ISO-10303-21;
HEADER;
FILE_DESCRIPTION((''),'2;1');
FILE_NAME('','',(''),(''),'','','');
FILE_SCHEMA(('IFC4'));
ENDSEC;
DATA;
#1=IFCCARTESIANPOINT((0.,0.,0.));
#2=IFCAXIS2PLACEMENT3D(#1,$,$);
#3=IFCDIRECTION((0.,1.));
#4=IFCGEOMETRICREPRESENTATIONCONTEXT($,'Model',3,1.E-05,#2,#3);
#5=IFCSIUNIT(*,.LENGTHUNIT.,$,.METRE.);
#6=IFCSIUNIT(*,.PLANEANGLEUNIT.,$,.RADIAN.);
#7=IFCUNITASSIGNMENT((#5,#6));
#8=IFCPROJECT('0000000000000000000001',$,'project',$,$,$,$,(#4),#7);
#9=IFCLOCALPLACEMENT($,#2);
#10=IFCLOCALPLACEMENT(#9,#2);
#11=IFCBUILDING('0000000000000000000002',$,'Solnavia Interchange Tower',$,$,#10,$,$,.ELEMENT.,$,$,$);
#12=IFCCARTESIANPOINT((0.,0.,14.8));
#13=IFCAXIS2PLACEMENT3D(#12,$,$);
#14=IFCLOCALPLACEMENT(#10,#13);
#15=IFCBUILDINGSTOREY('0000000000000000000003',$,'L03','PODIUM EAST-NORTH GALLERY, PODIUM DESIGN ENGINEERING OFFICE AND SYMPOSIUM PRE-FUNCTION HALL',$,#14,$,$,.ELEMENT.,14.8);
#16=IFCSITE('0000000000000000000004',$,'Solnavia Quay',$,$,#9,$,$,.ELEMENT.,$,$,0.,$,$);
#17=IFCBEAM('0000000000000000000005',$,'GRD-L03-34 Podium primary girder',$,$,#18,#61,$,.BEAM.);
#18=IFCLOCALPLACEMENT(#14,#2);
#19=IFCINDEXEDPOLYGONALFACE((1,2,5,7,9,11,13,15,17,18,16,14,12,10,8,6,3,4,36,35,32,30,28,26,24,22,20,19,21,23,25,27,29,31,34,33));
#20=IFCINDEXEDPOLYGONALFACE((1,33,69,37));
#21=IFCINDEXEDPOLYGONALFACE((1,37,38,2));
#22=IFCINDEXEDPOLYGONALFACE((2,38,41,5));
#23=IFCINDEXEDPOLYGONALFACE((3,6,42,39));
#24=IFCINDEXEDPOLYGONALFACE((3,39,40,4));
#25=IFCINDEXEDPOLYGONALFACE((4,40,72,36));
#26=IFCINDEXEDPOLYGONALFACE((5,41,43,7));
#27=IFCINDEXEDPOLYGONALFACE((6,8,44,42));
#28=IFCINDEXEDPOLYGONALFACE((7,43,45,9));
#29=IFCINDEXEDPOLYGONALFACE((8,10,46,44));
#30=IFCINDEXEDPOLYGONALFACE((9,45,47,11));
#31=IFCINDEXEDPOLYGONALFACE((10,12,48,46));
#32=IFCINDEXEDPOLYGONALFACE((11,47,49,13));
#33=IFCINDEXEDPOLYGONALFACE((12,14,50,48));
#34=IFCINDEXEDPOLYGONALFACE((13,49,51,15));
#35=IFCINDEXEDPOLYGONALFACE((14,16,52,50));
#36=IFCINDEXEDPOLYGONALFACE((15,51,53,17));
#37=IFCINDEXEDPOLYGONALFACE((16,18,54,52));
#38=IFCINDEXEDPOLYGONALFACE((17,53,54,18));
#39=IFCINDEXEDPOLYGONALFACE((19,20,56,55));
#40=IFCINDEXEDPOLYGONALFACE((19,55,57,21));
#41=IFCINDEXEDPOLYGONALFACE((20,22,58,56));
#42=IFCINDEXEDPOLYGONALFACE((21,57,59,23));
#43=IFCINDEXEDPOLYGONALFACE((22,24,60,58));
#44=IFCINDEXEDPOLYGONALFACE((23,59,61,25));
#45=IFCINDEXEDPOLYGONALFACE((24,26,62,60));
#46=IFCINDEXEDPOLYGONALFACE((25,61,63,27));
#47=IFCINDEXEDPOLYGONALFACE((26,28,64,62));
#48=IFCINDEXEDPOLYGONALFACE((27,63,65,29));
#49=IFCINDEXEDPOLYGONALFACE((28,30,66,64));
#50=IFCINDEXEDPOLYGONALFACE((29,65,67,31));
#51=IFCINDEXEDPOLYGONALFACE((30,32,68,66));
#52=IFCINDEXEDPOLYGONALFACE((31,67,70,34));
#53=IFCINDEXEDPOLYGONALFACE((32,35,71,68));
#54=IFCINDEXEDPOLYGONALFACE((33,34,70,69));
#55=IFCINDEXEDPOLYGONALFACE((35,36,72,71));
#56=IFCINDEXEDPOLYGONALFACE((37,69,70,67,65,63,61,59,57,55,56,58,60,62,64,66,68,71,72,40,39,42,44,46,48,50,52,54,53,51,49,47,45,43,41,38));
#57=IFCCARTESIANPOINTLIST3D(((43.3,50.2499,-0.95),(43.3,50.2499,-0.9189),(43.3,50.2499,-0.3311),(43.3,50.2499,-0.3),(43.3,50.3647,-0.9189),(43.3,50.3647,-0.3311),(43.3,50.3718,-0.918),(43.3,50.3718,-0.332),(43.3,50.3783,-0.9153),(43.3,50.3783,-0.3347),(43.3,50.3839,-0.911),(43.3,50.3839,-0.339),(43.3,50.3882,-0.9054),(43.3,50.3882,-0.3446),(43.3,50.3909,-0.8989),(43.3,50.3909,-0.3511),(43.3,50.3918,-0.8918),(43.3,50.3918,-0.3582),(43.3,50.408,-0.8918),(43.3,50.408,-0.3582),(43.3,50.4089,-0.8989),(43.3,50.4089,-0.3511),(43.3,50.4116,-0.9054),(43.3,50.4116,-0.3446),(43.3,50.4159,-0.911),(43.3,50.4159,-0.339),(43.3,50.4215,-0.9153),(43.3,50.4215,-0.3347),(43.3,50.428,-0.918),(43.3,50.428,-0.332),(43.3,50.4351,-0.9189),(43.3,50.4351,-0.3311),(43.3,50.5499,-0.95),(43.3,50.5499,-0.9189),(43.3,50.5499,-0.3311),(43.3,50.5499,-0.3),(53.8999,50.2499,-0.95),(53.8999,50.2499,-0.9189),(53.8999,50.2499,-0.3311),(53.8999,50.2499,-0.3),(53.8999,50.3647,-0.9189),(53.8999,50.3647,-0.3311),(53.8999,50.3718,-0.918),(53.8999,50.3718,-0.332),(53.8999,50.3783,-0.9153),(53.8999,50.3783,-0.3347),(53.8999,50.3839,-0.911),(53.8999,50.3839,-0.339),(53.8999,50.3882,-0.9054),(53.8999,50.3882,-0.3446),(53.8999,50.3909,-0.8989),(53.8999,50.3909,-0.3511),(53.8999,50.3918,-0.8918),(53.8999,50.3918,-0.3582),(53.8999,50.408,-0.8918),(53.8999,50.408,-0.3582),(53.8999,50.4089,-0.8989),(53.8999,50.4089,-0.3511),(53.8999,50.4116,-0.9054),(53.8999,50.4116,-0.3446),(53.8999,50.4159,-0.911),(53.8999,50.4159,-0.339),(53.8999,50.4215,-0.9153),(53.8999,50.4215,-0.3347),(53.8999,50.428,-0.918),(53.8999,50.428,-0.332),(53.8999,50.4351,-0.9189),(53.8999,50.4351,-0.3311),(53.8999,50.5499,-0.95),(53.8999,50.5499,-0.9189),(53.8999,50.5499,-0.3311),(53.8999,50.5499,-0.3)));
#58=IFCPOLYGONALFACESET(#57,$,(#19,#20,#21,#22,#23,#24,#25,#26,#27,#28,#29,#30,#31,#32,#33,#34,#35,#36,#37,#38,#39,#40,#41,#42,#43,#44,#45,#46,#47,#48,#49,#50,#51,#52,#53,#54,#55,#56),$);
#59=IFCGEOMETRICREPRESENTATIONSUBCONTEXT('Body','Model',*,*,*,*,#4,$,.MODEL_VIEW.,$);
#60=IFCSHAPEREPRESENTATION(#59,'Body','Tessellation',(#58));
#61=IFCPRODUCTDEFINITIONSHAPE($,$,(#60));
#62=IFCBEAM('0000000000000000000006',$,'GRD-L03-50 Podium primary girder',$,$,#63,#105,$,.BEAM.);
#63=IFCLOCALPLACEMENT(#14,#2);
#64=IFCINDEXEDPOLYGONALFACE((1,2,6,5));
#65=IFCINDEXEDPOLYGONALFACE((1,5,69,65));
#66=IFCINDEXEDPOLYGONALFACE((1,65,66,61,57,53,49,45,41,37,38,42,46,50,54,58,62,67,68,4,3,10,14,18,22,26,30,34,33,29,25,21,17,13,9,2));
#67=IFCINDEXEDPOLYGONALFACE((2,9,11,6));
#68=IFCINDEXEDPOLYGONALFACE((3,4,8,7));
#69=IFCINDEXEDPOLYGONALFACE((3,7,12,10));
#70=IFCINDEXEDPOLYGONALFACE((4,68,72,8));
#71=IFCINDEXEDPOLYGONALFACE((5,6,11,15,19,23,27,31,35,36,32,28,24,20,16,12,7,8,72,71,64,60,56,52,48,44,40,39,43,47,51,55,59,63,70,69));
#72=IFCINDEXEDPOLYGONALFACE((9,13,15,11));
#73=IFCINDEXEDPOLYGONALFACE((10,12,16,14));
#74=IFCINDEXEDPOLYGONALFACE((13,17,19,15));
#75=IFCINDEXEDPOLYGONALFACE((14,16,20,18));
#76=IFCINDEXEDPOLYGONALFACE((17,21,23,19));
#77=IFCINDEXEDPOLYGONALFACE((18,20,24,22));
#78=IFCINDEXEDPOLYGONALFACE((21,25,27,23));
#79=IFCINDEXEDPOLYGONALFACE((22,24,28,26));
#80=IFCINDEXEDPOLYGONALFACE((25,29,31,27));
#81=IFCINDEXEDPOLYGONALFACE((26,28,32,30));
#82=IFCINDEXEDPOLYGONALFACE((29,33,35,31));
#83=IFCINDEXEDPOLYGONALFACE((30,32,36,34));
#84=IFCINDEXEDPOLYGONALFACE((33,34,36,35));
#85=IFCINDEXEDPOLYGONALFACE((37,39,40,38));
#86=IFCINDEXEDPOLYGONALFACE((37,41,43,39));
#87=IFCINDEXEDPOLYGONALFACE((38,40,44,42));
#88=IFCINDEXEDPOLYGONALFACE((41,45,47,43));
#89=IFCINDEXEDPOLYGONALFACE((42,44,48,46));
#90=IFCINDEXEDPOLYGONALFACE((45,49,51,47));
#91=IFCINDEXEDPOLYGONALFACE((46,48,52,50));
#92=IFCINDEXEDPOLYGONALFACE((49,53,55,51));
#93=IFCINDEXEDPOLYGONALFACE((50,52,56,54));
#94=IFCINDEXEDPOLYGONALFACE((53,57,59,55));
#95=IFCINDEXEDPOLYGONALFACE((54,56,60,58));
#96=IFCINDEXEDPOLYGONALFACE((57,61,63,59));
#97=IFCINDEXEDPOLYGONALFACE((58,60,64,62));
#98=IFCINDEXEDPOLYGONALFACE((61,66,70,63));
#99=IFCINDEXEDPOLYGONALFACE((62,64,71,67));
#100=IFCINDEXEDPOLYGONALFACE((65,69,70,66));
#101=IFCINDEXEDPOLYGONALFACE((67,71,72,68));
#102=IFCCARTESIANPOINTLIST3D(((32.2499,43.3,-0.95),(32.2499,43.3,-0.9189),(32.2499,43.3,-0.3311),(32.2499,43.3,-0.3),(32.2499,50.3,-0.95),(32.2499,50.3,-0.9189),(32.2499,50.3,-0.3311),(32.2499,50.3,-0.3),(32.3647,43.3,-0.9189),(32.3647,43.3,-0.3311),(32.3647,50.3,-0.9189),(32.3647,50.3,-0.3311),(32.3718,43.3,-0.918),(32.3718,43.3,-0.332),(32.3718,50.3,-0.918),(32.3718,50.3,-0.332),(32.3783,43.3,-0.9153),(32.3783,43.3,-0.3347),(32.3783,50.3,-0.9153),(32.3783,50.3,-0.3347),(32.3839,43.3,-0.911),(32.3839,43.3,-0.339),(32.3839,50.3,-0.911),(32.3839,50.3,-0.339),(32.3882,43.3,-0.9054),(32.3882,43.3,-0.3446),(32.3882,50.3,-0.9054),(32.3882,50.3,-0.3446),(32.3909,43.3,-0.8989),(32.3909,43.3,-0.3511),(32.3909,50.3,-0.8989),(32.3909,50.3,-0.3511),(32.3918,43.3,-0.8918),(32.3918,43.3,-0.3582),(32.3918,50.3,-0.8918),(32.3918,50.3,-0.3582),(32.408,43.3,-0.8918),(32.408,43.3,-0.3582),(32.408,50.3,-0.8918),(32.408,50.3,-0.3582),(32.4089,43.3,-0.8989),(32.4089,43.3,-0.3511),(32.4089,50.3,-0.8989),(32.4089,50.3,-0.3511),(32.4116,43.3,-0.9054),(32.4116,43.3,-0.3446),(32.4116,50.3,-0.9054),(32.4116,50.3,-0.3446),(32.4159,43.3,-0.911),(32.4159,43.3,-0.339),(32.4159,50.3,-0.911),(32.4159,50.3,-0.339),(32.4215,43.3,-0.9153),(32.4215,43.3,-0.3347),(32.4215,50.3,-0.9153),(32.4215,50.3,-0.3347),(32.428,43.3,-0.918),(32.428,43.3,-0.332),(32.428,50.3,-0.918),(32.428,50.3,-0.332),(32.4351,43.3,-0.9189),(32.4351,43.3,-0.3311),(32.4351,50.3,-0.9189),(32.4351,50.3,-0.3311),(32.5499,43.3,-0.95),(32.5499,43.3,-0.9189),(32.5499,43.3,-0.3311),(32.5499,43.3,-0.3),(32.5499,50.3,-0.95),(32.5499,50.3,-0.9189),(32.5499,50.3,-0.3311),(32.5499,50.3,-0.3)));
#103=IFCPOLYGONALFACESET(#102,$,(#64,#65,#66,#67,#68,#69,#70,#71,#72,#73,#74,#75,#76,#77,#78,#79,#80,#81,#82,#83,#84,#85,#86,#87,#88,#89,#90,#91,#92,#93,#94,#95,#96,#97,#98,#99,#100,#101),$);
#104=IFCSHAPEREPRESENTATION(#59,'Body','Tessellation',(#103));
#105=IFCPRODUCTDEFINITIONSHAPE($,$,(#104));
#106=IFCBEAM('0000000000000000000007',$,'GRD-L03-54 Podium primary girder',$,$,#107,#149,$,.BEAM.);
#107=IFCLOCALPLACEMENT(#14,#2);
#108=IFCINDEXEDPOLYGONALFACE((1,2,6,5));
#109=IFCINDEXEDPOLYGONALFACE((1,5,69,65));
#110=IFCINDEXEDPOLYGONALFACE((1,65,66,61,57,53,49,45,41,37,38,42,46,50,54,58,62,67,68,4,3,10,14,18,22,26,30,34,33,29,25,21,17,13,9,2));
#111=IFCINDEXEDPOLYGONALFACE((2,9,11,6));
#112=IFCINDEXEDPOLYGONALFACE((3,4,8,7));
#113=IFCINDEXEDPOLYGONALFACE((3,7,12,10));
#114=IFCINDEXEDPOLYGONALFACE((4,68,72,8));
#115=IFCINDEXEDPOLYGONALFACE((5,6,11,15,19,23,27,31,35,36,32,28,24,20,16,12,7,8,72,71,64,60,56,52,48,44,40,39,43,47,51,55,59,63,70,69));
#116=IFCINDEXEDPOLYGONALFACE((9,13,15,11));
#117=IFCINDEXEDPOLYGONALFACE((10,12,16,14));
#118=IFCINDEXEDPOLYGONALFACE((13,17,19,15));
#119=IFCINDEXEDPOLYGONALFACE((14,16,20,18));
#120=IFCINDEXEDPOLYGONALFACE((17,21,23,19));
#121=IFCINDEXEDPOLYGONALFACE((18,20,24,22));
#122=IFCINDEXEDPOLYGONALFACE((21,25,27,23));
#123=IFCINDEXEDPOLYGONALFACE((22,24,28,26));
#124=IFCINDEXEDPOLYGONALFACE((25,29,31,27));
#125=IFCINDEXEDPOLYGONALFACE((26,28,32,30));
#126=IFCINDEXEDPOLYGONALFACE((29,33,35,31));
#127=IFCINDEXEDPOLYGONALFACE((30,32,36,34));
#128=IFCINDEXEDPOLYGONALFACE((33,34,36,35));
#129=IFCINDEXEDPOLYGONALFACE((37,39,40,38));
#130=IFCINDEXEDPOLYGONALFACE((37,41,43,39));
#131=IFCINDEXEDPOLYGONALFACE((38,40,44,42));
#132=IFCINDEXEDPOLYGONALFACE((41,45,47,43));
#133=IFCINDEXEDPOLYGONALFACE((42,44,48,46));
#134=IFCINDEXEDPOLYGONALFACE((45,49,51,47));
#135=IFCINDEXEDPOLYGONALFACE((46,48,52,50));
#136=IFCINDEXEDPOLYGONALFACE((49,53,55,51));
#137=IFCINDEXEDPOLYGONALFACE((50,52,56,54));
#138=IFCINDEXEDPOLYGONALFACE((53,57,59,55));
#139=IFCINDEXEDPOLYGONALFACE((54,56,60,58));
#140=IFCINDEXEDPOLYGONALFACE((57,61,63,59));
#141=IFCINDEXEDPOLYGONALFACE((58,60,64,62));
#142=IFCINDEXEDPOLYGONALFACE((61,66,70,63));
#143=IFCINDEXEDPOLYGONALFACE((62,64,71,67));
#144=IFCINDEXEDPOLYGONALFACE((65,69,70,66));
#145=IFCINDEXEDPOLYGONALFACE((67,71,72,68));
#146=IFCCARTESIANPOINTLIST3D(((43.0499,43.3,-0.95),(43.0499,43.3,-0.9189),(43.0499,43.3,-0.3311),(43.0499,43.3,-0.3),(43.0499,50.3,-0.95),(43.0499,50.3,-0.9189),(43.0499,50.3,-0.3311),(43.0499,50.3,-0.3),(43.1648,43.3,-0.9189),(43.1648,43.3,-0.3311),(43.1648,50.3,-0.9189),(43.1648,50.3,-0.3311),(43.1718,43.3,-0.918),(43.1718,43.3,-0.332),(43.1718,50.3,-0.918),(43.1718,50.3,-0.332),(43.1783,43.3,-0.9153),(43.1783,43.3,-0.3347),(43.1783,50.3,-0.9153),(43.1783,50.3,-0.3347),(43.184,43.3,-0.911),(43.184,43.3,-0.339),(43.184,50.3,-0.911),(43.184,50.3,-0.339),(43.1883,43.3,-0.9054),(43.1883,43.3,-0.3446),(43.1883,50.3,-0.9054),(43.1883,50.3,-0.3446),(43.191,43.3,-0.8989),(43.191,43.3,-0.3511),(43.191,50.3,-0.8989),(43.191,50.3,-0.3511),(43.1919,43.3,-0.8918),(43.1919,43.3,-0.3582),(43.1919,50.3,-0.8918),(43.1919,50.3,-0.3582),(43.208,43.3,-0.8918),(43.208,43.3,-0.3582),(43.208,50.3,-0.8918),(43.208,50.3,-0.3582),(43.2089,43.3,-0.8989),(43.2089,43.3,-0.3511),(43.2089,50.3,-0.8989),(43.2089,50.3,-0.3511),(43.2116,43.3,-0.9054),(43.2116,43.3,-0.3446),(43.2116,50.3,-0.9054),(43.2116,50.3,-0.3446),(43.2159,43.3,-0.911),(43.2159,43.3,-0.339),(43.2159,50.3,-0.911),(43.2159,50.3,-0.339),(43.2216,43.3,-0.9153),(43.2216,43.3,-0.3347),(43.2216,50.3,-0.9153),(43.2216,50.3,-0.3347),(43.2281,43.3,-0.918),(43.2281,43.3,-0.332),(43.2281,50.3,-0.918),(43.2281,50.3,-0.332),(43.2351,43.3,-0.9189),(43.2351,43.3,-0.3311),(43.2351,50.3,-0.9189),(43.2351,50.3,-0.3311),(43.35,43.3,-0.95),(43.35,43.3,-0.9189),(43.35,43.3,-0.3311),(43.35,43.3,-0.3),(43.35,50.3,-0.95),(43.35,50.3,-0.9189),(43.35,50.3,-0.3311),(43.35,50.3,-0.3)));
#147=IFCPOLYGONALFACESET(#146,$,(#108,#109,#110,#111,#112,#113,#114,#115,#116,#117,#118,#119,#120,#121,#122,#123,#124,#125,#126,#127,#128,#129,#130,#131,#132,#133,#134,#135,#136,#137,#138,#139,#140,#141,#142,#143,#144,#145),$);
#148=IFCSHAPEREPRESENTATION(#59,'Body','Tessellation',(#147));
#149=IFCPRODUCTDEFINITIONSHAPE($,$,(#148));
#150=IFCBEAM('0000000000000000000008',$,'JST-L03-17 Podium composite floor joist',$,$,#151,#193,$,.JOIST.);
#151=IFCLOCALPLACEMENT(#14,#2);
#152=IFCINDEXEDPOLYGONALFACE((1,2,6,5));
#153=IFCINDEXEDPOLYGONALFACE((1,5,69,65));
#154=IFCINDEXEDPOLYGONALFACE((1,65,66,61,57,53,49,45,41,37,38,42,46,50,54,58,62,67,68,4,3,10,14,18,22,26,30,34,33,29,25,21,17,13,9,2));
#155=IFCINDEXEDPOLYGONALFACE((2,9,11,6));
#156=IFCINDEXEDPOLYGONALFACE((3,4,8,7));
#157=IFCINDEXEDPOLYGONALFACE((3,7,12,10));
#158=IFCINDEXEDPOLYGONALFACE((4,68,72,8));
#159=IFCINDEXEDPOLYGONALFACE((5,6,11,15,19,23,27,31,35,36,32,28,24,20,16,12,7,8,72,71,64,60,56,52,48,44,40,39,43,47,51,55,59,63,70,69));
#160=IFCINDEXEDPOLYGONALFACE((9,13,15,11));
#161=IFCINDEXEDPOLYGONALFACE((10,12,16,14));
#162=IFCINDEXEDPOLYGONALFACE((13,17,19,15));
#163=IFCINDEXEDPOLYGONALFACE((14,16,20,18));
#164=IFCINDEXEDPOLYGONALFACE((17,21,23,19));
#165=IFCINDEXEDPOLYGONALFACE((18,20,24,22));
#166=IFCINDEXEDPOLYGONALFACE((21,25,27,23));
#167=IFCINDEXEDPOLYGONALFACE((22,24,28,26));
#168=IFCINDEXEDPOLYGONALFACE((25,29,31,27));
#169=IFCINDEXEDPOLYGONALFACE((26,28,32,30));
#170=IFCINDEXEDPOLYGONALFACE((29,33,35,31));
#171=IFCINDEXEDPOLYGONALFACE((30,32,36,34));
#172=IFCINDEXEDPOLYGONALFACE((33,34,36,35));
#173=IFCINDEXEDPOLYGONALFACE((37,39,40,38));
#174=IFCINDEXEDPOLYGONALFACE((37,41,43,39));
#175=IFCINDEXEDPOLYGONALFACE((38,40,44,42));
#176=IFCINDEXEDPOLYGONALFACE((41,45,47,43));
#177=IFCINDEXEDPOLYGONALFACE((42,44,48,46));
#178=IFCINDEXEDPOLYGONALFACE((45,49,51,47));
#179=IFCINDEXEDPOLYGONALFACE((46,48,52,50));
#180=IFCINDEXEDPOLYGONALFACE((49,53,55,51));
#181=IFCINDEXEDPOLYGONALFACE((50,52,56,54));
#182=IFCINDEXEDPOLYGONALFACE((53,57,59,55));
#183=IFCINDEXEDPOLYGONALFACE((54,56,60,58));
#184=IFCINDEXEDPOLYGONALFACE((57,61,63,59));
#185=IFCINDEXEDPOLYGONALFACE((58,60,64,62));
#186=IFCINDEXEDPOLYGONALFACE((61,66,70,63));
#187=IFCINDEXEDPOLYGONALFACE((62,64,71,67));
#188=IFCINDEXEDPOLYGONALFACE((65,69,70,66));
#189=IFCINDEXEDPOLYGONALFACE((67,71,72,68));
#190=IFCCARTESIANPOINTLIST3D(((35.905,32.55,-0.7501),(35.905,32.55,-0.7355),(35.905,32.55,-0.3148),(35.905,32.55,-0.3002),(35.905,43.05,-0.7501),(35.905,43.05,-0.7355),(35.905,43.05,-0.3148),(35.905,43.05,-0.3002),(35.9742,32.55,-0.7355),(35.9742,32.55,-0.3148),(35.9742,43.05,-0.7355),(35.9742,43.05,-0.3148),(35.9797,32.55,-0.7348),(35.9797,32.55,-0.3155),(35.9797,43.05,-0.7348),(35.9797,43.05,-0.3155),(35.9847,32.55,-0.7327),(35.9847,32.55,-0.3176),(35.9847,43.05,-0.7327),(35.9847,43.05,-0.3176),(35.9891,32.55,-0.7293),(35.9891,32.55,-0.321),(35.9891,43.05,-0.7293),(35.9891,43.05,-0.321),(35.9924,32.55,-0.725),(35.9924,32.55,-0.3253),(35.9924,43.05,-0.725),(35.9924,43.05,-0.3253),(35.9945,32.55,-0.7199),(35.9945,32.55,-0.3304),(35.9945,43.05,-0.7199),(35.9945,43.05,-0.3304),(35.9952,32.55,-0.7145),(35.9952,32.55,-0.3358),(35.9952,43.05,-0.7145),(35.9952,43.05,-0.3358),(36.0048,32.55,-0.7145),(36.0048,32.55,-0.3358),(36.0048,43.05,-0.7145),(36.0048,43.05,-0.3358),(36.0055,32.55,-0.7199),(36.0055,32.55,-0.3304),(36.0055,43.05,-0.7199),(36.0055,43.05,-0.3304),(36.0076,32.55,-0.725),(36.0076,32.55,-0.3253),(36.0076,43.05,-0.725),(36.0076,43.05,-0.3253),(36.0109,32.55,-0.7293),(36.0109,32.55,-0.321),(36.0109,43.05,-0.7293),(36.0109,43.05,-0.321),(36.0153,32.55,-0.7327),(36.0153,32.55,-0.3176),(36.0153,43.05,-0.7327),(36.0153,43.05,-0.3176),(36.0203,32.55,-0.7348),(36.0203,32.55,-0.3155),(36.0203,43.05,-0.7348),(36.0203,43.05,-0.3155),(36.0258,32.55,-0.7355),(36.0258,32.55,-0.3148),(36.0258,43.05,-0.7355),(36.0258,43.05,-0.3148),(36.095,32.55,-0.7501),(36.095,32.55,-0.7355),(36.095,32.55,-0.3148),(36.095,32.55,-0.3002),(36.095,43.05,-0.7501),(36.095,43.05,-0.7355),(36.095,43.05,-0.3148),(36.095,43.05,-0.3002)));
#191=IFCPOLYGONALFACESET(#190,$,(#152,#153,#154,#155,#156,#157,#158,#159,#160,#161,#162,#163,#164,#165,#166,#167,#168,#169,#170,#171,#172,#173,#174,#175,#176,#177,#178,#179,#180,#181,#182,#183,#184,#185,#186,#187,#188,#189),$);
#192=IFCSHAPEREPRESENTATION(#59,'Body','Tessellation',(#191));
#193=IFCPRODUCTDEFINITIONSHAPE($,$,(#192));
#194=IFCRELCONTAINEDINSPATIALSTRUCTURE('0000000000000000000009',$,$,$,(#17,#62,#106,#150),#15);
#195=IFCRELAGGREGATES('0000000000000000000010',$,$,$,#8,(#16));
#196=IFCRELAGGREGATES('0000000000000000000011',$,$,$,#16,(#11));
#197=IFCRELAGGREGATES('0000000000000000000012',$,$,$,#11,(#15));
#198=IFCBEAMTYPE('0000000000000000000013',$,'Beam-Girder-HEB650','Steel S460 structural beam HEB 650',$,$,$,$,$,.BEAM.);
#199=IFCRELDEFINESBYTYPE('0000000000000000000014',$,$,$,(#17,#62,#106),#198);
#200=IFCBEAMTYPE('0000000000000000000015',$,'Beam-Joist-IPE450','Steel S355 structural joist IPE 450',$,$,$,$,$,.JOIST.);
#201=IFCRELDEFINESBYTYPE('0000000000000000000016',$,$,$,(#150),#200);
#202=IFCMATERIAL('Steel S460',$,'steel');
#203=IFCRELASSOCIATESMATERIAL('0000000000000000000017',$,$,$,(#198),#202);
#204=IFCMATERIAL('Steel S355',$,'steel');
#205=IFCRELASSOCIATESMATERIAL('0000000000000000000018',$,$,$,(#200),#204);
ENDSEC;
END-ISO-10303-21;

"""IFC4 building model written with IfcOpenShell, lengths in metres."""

from ifc_helpers import new_model, si_unit, direction, frame, origin, origin_2d, place, context, subcontext, project, spatial, i_section, extrude, material, material_profile, profile_set, type_object, element, save


model = new_model("IFC4")

# Units and contexts
model_context = context("Model", 3, precision=1e-05, world=origin(), true_north=direction((0.0, 1.0)))
body_context = subcontext(model_context, "Body", "Model", "MODEL_VIEW")
ifc_project = project(units=[si_unit("LENGTHUNIT", "METRE"), si_unit("PLANEANGLEUNIT", "RADIAN")], contexts=[model_context])

# Site, building, storey
site_placement = place(None, origin())
site = spatial("IfcSite", under=ifc_project, at=site_placement, Name="Solnavia Quay", CompositionType="ELEMENT", RefElevation=0.0)
building_placement = place(site_placement, origin())
building = spatial("IfcBuilding", under=site, at=building_placement, Name="Solnavia Interchange Tower", CompositionType="ELEMENT")
storey_placement = place(building_placement, frame((0.0, 0.0, 14.8)))
storey = spatial("IfcBuildingStorey", under=building, at=storey_placement, Name="L03", Description="PODIUM EAST-NORTH GALLERY, PODIUM DESIGN ENGINEERING OFFICE AND SYMPOSIUM PRE-FUNCTION HALL", CompositionType="ELEMENT", Elevation=14.8)

# Beams
ifc_material_1 = material(Name="Steel S460", Category="steel")
ifc_material_profile_1 = material_profile(ifc_material_1, i_section(OverallWidth=0.3, OverallDepth=0.6499, WebThickness=0.0161, FlangeThickness=0.031, FilletRadius=0.0271, at=origin_2d()), Name="HEB 650")
ifc_profile_set_1 = profile_set([ifc_material_profile_1], Name="Steel S460")
beam_type_1 = type_object("IfcBeamType", Name="Beam-Girder-HEB650", Description="Steel S460 structural beam HEB 650", PredefinedType="BEAM", material=ifc_profile_set_1)
beam_1_placement = place(storey_placement, frame((43.3, 50.3999, -0.625), z_axis=(1.0, 0.0, 0.0), x_axis=(0.0, 1.0, 0.0)))
element("IfcBeam", 1, at=beam_1_placement, inside=storey, type_object=beam_type_1, Name="GRD-L03-34 Podium primary girder", PredefinedType="BEAM", context=body_context, shape_type="SweptSolid", body=[
    extrude(i_section(OverallWidth=0.3, OverallDepth=0.6499, WebThickness=0.0161, FlangeThickness=0.031, FilletRadius=0.0271, at=origin_2d()), origin(), (0.0, 0.0, 1.0), 10.5999),
])
for number, where, z_axis, x_axis, name in (
    (2, (32.3999, 43.3, -0.625), (0.0, 1.0, 0.0), (-1.0, 0.0, 0.0), "GRD-L03-50 Podium primary girder"),
    (3, (43.2, 43.3, -0.625), (0.0, 1.0, 0.0), (-1.0, 0.0, 0.0), "GRD-L03-54 Podium primary girder"),
):
    element("IfcBeam", number, at=place(storey_placement, frame(where, z_axis=z_axis, x_axis=x_axis)), inside=storey, type_object=beam_type_1, Name=name, PredefinedType="BEAM", context=body_context, shape_type="SweptSolid", body=[
        extrude(i_section(OverallWidth=0.3, OverallDepth=0.6499, WebThickness=0.0161, FlangeThickness=0.031, FilletRadius=0.0271, at=origin_2d()), origin(), (0.0, 0.0, 1.0), 7.0),
    ])
ifc_material_2 = material(Name="Steel S355", Category="steel")
ifc_material_profile_2 = material_profile(ifc_material_2, i_section(OverallWidth=0.1899, OverallDepth=0.45, WebThickness=0.0095, FlangeThickness=0.0146, FilletRadius=0.021, at=origin_2d()), Name="IPE 450")
ifc_profile_set_2 = profile_set([ifc_material_profile_2], Name="Steel S355")
beam_type_2 = type_object("IfcBeamType", Name="Beam-Joist-IPE450", Description="Steel S355 structural joist IPE 450", PredefinedType="JOIST", material=ifc_profile_set_2)
beam_2_placement = place(storey_placement, frame((36.0, 32.55, -0.5251), z_axis=(0.0, 1.0, 0.0), x_axis=(-1.0, 0.0, 0.0)))
element("IfcBeam", 4, at=beam_2_placement, inside=storey, type_object=beam_type_2, Name="JST-L03-17 Podium composite floor joist", PredefinedType="JOIST", context=body_context, shape_type="SweptSolid", body=[
    extrude(i_section(OverallWidth=0.1899, OverallDepth=0.45, WebThickness=0.0095, FlangeThickness=0.0146, FilletRadius=0.021, at=origin_2d()), origin(), (0.0, 0.0, 1.0), 10.5),
])

save(model, "model.ifc")
